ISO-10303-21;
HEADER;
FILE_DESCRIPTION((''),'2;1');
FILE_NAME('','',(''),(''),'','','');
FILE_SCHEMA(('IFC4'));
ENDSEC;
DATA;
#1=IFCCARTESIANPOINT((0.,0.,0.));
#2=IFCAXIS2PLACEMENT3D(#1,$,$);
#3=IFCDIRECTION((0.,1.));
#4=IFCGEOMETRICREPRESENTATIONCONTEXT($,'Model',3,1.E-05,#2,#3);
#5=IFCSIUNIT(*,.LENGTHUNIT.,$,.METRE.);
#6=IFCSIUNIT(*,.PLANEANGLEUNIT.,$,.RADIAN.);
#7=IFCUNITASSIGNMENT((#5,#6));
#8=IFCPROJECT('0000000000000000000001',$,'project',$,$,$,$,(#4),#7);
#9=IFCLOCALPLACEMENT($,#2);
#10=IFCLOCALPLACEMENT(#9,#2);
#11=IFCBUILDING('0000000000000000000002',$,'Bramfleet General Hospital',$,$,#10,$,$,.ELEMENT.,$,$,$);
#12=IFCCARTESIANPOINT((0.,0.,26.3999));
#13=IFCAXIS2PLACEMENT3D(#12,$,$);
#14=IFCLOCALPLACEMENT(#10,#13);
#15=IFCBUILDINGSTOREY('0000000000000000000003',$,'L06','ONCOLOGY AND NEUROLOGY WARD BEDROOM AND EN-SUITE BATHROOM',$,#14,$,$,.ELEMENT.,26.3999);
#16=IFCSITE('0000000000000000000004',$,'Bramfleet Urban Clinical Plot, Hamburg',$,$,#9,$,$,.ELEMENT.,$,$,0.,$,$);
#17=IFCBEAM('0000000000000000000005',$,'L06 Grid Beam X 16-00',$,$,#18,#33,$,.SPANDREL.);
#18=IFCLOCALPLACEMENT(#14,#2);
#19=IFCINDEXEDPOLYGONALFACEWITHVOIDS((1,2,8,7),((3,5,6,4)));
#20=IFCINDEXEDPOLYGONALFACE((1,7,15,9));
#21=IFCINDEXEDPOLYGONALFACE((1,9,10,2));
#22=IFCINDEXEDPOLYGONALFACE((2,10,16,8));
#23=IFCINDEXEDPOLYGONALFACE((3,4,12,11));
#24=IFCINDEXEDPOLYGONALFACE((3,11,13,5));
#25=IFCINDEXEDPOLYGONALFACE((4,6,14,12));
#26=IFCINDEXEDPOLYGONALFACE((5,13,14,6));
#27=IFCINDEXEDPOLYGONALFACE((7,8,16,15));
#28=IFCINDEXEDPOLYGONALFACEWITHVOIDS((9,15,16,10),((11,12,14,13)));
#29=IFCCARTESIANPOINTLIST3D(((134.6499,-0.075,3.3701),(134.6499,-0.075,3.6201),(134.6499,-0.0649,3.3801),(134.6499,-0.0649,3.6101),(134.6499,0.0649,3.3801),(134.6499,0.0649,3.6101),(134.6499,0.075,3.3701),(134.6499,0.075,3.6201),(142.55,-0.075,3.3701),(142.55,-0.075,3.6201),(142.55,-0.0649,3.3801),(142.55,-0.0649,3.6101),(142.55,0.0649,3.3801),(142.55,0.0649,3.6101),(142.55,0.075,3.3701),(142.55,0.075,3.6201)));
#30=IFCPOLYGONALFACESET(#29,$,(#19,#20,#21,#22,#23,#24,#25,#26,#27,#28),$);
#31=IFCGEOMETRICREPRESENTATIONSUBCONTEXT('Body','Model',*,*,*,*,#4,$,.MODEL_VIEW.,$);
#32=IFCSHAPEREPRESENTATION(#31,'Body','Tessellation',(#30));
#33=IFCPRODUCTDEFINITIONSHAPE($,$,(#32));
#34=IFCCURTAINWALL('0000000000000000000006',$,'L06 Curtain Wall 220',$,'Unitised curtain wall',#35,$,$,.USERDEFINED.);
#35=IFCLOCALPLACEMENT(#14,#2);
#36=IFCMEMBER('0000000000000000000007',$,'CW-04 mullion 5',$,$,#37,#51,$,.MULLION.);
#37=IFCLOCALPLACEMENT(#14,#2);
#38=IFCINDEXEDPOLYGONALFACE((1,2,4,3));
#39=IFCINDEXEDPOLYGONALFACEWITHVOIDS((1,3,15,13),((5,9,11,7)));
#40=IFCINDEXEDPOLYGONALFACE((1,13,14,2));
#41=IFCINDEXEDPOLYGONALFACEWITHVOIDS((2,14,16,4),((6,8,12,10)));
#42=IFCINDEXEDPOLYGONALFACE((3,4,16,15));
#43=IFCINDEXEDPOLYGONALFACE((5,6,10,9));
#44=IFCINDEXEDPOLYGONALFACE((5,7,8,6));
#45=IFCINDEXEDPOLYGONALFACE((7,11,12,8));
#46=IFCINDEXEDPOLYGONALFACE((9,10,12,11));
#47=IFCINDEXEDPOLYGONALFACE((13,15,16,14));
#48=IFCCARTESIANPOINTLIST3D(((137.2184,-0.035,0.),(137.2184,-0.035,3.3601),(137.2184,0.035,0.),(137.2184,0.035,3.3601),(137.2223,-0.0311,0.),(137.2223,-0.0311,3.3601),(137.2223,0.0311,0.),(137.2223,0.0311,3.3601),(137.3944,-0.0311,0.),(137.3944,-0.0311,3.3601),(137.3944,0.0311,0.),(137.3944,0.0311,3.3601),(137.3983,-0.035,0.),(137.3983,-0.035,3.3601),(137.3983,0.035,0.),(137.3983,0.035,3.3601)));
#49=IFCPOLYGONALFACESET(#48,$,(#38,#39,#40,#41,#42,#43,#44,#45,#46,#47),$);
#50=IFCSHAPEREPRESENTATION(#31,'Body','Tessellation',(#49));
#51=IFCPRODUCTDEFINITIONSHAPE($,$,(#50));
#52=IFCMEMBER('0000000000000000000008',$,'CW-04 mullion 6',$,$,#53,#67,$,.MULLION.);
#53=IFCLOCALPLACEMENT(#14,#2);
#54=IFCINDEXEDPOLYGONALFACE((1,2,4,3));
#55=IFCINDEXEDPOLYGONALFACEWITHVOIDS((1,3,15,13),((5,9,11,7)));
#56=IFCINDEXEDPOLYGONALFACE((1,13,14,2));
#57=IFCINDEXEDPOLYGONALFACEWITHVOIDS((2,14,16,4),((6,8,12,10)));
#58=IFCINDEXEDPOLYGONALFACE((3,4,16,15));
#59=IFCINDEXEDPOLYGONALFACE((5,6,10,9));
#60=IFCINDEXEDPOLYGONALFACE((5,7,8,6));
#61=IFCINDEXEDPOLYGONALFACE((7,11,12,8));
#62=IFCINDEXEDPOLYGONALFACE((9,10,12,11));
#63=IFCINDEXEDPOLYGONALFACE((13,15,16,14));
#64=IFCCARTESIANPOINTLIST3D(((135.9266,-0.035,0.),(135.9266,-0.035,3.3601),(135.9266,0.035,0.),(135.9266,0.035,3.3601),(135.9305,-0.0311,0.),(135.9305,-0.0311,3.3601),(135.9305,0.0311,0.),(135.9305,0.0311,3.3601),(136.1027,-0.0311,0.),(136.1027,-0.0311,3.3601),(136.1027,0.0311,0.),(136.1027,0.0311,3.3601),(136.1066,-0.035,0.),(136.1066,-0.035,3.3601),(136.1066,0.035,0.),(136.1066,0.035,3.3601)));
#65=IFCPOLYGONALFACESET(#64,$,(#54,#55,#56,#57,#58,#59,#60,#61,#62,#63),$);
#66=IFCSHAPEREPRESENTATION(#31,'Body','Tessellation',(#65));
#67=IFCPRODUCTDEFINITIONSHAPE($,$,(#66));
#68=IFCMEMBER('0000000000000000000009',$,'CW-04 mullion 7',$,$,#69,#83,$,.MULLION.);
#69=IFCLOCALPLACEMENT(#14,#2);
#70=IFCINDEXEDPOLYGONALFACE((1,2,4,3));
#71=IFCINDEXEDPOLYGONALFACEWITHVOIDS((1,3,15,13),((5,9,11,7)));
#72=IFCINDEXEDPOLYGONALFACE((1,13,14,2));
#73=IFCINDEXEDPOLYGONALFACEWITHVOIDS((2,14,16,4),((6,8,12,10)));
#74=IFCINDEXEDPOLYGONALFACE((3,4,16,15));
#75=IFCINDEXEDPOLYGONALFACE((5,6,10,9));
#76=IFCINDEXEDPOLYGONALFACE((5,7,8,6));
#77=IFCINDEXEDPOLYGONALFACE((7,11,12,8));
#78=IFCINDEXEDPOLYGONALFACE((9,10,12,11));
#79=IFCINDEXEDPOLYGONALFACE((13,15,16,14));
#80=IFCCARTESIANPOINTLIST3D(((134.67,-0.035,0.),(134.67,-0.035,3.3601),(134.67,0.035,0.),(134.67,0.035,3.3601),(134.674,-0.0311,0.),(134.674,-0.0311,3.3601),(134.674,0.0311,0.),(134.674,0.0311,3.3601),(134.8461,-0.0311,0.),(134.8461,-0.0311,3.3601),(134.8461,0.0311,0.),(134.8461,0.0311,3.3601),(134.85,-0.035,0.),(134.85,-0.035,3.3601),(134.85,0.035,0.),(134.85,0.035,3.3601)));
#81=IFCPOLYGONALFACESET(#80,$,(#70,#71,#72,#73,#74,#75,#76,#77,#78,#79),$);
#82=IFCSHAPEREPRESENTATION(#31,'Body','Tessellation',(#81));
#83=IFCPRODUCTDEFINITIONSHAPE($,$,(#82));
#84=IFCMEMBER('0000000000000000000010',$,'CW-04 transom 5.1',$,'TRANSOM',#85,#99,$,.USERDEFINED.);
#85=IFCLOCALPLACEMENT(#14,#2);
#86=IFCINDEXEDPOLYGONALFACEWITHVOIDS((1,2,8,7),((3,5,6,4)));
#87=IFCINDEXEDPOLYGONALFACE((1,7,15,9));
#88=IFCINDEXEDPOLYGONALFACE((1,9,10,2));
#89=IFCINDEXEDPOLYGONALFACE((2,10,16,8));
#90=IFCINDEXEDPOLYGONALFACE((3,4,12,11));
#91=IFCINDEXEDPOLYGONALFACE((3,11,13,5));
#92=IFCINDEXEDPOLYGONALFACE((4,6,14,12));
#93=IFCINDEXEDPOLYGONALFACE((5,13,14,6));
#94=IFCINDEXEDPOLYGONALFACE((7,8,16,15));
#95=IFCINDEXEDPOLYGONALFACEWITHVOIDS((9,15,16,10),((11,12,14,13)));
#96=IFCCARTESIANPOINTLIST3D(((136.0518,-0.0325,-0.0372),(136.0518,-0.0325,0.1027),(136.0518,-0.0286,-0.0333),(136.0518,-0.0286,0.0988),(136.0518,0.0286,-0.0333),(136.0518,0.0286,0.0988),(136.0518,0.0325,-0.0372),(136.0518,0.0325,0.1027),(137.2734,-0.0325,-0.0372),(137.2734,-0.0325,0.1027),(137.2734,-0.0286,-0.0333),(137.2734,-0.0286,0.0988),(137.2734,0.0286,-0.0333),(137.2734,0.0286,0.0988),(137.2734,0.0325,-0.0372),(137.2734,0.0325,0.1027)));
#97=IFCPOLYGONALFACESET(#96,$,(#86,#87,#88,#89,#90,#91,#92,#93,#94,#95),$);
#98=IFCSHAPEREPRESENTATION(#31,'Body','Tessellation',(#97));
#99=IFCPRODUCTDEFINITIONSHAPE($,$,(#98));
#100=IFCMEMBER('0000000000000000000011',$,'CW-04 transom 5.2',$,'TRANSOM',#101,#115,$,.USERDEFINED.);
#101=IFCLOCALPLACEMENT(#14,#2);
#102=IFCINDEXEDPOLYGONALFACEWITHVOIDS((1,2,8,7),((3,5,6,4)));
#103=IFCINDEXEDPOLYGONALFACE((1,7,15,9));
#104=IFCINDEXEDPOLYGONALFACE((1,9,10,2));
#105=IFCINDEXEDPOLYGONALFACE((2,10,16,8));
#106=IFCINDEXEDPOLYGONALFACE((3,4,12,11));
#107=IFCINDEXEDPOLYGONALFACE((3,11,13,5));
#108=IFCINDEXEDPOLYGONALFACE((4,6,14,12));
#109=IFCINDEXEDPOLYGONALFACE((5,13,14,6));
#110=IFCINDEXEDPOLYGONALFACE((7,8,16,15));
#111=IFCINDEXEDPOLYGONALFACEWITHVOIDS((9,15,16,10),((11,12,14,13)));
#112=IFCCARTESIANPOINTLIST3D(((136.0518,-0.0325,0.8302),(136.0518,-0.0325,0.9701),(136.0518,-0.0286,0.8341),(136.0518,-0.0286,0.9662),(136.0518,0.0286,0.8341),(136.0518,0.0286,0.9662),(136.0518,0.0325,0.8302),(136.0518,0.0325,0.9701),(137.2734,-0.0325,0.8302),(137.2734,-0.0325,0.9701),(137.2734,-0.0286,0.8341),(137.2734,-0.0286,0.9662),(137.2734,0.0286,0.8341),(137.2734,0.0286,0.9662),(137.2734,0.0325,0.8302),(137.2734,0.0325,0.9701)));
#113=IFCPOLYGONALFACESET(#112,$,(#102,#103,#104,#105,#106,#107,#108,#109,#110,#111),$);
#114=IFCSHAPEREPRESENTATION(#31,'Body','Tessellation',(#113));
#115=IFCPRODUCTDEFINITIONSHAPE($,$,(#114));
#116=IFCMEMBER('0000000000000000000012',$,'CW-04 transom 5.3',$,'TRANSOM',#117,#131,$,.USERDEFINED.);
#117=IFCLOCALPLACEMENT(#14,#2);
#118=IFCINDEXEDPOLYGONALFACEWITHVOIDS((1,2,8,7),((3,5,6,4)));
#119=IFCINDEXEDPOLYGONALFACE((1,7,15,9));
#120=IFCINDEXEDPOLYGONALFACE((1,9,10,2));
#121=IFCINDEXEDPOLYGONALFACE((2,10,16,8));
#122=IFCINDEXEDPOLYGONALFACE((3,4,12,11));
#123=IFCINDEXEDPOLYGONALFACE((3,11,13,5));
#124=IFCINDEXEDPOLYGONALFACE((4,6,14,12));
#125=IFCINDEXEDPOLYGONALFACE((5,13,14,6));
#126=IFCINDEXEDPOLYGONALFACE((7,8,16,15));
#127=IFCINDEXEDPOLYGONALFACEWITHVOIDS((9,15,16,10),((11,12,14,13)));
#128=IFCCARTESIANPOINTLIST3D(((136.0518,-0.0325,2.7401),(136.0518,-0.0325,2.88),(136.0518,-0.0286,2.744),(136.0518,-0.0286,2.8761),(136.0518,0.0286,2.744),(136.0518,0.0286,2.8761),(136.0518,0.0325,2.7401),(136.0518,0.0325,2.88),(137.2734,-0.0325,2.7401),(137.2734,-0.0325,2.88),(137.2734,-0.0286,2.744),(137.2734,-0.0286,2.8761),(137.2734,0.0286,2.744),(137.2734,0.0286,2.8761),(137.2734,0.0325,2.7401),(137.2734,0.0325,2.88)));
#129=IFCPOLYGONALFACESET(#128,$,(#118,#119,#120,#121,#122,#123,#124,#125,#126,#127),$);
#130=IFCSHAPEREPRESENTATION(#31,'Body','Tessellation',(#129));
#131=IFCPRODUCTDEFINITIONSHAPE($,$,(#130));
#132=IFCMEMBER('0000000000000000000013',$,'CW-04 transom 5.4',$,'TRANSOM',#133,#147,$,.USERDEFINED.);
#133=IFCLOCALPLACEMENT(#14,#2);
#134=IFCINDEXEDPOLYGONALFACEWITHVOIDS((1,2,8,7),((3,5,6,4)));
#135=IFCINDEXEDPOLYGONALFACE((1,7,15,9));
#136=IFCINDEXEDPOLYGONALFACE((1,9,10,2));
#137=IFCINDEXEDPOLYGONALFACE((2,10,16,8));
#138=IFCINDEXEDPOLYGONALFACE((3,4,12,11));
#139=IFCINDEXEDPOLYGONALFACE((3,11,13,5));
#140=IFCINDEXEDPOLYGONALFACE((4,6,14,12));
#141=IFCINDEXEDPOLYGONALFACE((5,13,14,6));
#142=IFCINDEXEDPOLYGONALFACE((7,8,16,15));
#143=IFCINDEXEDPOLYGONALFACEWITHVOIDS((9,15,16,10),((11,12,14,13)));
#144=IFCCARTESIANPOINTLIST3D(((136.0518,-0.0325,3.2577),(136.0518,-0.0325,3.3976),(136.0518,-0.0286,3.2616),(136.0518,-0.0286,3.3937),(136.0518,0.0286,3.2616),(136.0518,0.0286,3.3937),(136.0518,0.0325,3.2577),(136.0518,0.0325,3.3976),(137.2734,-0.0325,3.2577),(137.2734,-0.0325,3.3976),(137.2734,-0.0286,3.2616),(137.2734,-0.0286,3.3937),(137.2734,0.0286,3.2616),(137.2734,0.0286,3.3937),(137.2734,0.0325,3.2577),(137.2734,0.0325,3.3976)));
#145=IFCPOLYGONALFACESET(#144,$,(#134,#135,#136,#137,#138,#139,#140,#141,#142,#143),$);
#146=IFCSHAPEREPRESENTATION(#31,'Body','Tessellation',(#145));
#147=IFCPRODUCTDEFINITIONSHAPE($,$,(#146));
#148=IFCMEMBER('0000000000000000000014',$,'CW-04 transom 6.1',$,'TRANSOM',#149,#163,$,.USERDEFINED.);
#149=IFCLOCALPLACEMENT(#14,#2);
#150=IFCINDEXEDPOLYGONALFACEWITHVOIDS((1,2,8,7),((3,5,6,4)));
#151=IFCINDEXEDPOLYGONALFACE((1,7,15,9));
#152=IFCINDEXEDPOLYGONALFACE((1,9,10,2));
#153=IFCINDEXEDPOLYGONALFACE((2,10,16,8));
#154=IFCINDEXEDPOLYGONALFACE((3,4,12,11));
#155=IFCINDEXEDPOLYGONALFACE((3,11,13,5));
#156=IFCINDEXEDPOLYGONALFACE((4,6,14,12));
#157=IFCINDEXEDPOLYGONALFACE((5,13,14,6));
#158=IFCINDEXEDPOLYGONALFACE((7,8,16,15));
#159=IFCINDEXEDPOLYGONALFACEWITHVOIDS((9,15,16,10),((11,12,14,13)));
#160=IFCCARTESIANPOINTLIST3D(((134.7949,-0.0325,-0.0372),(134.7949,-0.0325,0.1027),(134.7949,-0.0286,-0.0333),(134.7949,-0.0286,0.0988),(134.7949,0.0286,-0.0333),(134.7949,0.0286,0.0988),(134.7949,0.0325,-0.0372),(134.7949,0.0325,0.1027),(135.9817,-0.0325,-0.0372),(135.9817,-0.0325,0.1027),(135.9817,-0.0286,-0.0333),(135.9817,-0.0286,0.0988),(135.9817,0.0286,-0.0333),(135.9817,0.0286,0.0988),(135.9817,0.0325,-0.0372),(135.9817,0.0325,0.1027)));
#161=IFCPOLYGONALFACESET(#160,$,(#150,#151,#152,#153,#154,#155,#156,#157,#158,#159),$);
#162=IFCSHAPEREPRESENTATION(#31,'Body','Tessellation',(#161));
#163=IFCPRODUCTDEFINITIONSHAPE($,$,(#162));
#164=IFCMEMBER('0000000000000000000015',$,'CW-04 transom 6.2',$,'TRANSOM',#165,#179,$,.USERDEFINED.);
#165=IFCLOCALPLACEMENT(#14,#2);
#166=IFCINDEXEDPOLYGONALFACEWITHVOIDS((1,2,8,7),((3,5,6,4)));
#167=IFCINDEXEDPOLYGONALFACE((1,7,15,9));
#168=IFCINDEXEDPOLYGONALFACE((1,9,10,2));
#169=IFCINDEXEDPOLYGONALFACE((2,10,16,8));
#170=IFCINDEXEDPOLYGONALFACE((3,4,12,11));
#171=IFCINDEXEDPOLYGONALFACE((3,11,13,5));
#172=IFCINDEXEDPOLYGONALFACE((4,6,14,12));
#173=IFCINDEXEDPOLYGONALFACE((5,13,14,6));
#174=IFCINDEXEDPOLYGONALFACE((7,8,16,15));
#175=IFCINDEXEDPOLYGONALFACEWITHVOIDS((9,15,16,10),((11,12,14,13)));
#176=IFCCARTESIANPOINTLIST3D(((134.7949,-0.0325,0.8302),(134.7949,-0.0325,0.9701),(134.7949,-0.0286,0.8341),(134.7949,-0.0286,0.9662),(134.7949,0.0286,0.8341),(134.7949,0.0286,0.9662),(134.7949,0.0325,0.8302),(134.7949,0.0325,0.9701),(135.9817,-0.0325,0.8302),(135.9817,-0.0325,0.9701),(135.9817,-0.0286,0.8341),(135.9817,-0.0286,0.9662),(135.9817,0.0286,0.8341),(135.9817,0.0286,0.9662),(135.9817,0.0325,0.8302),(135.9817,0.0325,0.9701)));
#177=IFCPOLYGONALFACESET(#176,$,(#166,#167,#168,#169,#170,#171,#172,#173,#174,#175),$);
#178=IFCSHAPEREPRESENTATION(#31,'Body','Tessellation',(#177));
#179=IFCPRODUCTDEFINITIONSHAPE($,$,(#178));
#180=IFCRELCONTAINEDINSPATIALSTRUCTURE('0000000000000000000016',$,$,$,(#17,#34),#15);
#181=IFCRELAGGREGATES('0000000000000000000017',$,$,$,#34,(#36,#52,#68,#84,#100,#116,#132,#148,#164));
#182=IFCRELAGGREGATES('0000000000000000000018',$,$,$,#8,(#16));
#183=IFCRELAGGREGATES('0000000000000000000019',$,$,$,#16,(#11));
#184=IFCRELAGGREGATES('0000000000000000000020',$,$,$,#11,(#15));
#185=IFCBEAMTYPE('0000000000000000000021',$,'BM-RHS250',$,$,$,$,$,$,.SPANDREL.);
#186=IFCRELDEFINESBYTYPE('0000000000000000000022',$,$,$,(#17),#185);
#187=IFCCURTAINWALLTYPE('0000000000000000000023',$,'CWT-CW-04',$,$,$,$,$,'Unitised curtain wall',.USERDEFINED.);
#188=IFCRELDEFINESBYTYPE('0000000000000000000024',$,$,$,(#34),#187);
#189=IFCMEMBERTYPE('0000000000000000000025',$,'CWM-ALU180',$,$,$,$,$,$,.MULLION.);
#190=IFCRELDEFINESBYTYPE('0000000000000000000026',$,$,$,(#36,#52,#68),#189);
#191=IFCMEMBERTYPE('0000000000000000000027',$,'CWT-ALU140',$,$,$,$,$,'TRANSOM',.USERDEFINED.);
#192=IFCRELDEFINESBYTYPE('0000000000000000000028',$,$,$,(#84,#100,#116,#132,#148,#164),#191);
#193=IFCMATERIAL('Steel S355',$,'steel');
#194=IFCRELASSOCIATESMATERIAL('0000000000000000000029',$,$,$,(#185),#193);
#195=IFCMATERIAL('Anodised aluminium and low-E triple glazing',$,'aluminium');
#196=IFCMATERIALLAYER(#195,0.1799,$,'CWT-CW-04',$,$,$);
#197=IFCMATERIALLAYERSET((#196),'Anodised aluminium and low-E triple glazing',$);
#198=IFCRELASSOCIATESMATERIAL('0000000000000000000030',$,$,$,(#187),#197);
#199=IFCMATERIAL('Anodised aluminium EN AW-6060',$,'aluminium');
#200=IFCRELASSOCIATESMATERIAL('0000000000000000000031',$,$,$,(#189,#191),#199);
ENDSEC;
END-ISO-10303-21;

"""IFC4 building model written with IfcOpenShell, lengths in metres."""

from ifc_helpers import new_model, si_unit, direction, frame, origin, origin_2d, place, context, subcontext, project, spatial, hollow_rectangle, extrude, material, layer, layer_set, material_profile, profile_set, type_object, element, aggregate, save


model = new_model("IFC4")

# Units and contexts
model_context = context("Model", 3, precision=1e-05, world=origin(), true_north=direction((0.0, 1.0)))
body_context = subcontext(model_context, "Body", "Model", "MODEL_VIEW")
ifc_project = project(units=[si_unit("LENGTHUNIT", "METRE"), si_unit("PLANEANGLEUNIT", "RADIAN")], contexts=[model_context])

# Site, building, storey
site_placement = place(None, origin())
site = spatial("IfcSite", under=ifc_project, at=site_placement, Name="Bramfleet Urban Clinical Plot, Hamburg", CompositionType="ELEMENT", RefElevation=0.0)
building_placement = place(site_placement, origin())
building = spatial("IfcBuilding", under=site, at=building_placement, Name="Bramfleet General Hospital", CompositionType="ELEMENT")
storey_placement = place(building_placement, frame((0.0, 0.0, 26.3999)))
storey = spatial("IfcBuildingStorey", under=building, at=storey_placement, Name="L06", Description="ONCOLOGY AND NEUROLOGY WARD BEDROOM AND EN-SUITE BATHROOM", CompositionType="ELEMENT", Elevation=26.3999)

# Beam
ifc_material_1 = material(Name="Steel S355", Category="steel")
ifc_material_profile_1 = material_profile(ifc_material_1, hollow_rectangle(XDim=0.1499, YDim=0.25, WallThickness=0.01, at=origin_2d()), Name="RHS 250x150x10.0")
ifc_profile_set_1 = profile_set([ifc_material_profile_1], Name="Steel S355")
beam_type = type_object("IfcBeamType", Name="BM-RHS250", PredefinedType="SPANDREL", material=ifc_profile_set_1)
beam_placement = place(storey_placement, frame((134.6499, 0.0, 3.4951), z_axis=(1.0, 0.0, 0.0), x_axis=(0.0, 1.0, 0.0)))
element("IfcBeam", 1, at=beam_placement, inside=storey, type_object=beam_type, Name="L06 Grid Beam X 16-00", PredefinedType="SPANDREL", context=body_context, shape_type="SweptSolid", body=[
    extrude(hollow_rectangle(XDim=0.1499, YDim=0.25, WallThickness=0.01, at=origin_2d()), origin(), (0.0, 0.0, 1.0), 7.9001),
])

# Curtain wall, members
ifc_material_2 = material(Name="Anodised aluminium and low-E triple glazing", Category="aluminium")
ifc_layer_1 = layer(ifc_material_2, 0.1799, Name="CWT-CW-04")
ifc_layer_set_1 = layer_set([ifc_layer_1], Name="Anodised aluminium and low-E triple glazing")
curtain_wall_type = type_object("IfcCurtainWallType", Name="CWT-CW-04", ElementType="Unitised curtain wall", PredefinedType="USERDEFINED", material=ifc_layer_set_1)
curtain_wall_placement = place(storey_placement, origin())
curtain_wall = element("IfcCurtainWall", 2, at=curtain_wall_placement, inside=storey, type_object=curtain_wall_type, Name="L06 Curtain Wall 220", ObjectType="Unitised curtain wall", PredefinedType="USERDEFINED")
ifc_material_3 = material(Name="Anodised aluminium EN AW-6060", Category="aluminium")
ifc_material_profile_2 = material_profile(ifc_material_3, hollow_rectangle(XDim=0.0701, YDim=0.1799, WallThickness=0.0039, at=origin_2d()), Name="ALU 180x70x4.0")
ifc_profile_set_2 = profile_set([ifc_material_profile_2], Name="Anodised aluminium EN AW-6060")
member_type_1 = type_object("IfcMemberType", Name="CWM-ALU180", PredefinedType="MULLION", material=ifc_profile_set_2)
member_1_placement = place(storey_placement, frame((137.3083, 0.0, 0.0), z_axis=(0.0, 0.0, 1.0), x_axis=(0.0, -1.0, 0.0)))
member_1 = element("IfcMember", 3, at=member_1_placement, type_object=member_type_1, Name="CW-04 mullion 5", PredefinedType="MULLION", context=body_context, shape_type="SweptSolid", body=[
    extrude(hollow_rectangle(XDim=0.0701, YDim=0.1799, WallThickness=0.0039, at=origin_2d()), origin(), (0.0, 0.0, 1.0), 3.3601),
])
member_2_placement = place(storey_placement, frame((136.0166, 0.0, 0.0), z_axis=(0.0, 0.0, 1.0), x_axis=(0.0, -1.0, 0.0)))
member_2 = element("IfcMember", 4, at=member_2_placement, type_object=member_type_1, Name="CW-04 mullion 6", PredefinedType="MULLION", context=body_context, shape_type="SweptSolid", body=[
    extrude(hollow_rectangle(XDim=0.0701, YDim=0.1799, WallThickness=0.0039, at=origin_2d()), origin(), (0.0, 0.0, 1.0), 3.3601),
])
member_3_placement = place(storey_placement, frame((134.76, 0.0, 0.0), z_axis=(0.0, 0.0, 1.0), x_axis=(0.0, -1.0, 0.0)))
member_3 = element("IfcMember", 5, at=member_3_placement, type_object=member_type_1, Name="CW-04 mullion 7", PredefinedType="MULLION", context=body_context, shape_type="SweptSolid", body=[
    extrude(hollow_rectangle(XDim=0.0701, YDim=0.1799, WallThickness=0.0039, at=origin_2d()), origin(), (0.0, 0.0, 1.0), 3.3601),
])
ifc_material_profile_3 = material_profile(ifc_material_3, hollow_rectangle(XDim=0.0649, YDim=0.1399, WallThickness=0.0039, at=origin_2d()), Name="ALU 140x65x4.0")
ifc_profile_set_3 = profile_set([ifc_material_profile_3], Name="Anodised aluminium EN AW-6060")
member_type_2 = type_object("IfcMemberType", Name="CWT-ALU140", ElementType="TRANSOM", PredefinedType="USERDEFINED", material=ifc_profile_set_3)
member_4_placement = place(storey_placement, frame((137.2734, 0.0, 0.0327), z_axis=(-1.0, 0.0, 0.0), x_axis=(0.0, -1.0, 0.0)))
member_4 = element("IfcMember", 6, at=member_4_placement, type_object=member_type_2, Name="CW-04 transom 5.1", ObjectType="TRANSOM", PredefinedType="USERDEFINED", context=body_context, shape_type="SweptSolid", body=[
    extrude(hollow_rectangle(XDim=0.0649, YDim=0.1399, WallThickness=0.0039, at=origin_2d()), origin(), (0.0, 0.0, 1.0), 1.2217),
])
member_5_placement = place(storey_placement, frame((137.2734, 0.0, 0.9001), z_axis=(-1.0, 0.0, 0.0), x_axis=(0.0, -1.0, 0.0)))
member_5 = element("IfcMember", 7, at=member_5_placement, type_object=member_type_2, Name="CW-04 transom 5.2", ObjectType="TRANSOM", PredefinedType="USERDEFINED", context=body_context, shape_type="SweptSolid", body=[
    extrude(hollow_rectangle(XDim=0.0649, YDim=0.1399, WallThickness=0.0039, at=origin_2d()), origin(), (0.0, 0.0, 1.0), 1.2217),
])
member_6_placement = place(storey_placement, frame((137.2734, 0.0, 2.8101), z_axis=(-1.0, 0.0, 0.0), x_axis=(0.0, -1.0, 0.0)))
member_6 = element("IfcMember", 8, at=member_6_placement, type_object=member_type_2, Name="CW-04 transom 5.3", ObjectType="TRANSOM", PredefinedType="USERDEFINED", context=body_context, shape_type="SweptSolid", body=[
    extrude(hollow_rectangle(XDim=0.0649, YDim=0.1399, WallThickness=0.0039, at=origin_2d()), origin(), (0.0, 0.0, 1.0), 1.2217),
])
member_7_placement = place(storey_placement, frame((137.2734, 0.0, 3.3276), z_axis=(-1.0, 0.0, 0.0), x_axis=(0.0, -1.0, 0.0)))
member_7 = element("IfcMember", 9, at=member_7_placement, type_object=member_type_2, Name="CW-04 transom 5.4", ObjectType="TRANSOM", PredefinedType="USERDEFINED", context=body_context, shape_type="SweptSolid", body=[
    extrude(hollow_rectangle(XDim=0.0649, YDim=0.1399, WallThickness=0.0039, at=origin_2d()), origin(), (0.0, 0.0, 1.0), 1.2217),
])
member_8_placement = place(storey_placement, frame((135.9817, 0.0, 0.0327), z_axis=(-1.0, 0.0, 0.0), x_axis=(0.0, -1.0, 0.0)))
member_8 = element("IfcMember", 10, at=member_8_placement, type_object=member_type_2, Name="CW-04 transom 6.1", ObjectType="TRANSOM", PredefinedType="USERDEFINED", context=body_context, shape_type="SweptSolid", body=[
    extrude(hollow_rectangle(XDim=0.0649, YDim=0.1399, WallThickness=0.0039, at=origin_2d()), origin(), (0.0, 0.0, 1.0), 1.1868),
])
member_9_placement = place(storey_placement, frame((135.9817, 0.0, 0.9001), z_axis=(-1.0, 0.0, 0.0), x_axis=(0.0, -1.0, 0.0)))
member_9 = element("IfcMember", 11, at=member_9_placement, type_object=member_type_2, Name="CW-04 transom 6.2", ObjectType="TRANSOM", PredefinedType="USERDEFINED", context=body_context, shape_type="SweptSolid", body=[
    extrude(hollow_rectangle(XDim=0.0649, YDim=0.1399, WallThickness=0.0039, at=origin_2d()), origin(), (0.0, 0.0, 1.0), 1.1868),
])
aggregate(curtain_wall, [member_1, member_2, member_3, member_4, member_5, member_6, member_7, member_8, member_9])

save(model, "model.ifc")
